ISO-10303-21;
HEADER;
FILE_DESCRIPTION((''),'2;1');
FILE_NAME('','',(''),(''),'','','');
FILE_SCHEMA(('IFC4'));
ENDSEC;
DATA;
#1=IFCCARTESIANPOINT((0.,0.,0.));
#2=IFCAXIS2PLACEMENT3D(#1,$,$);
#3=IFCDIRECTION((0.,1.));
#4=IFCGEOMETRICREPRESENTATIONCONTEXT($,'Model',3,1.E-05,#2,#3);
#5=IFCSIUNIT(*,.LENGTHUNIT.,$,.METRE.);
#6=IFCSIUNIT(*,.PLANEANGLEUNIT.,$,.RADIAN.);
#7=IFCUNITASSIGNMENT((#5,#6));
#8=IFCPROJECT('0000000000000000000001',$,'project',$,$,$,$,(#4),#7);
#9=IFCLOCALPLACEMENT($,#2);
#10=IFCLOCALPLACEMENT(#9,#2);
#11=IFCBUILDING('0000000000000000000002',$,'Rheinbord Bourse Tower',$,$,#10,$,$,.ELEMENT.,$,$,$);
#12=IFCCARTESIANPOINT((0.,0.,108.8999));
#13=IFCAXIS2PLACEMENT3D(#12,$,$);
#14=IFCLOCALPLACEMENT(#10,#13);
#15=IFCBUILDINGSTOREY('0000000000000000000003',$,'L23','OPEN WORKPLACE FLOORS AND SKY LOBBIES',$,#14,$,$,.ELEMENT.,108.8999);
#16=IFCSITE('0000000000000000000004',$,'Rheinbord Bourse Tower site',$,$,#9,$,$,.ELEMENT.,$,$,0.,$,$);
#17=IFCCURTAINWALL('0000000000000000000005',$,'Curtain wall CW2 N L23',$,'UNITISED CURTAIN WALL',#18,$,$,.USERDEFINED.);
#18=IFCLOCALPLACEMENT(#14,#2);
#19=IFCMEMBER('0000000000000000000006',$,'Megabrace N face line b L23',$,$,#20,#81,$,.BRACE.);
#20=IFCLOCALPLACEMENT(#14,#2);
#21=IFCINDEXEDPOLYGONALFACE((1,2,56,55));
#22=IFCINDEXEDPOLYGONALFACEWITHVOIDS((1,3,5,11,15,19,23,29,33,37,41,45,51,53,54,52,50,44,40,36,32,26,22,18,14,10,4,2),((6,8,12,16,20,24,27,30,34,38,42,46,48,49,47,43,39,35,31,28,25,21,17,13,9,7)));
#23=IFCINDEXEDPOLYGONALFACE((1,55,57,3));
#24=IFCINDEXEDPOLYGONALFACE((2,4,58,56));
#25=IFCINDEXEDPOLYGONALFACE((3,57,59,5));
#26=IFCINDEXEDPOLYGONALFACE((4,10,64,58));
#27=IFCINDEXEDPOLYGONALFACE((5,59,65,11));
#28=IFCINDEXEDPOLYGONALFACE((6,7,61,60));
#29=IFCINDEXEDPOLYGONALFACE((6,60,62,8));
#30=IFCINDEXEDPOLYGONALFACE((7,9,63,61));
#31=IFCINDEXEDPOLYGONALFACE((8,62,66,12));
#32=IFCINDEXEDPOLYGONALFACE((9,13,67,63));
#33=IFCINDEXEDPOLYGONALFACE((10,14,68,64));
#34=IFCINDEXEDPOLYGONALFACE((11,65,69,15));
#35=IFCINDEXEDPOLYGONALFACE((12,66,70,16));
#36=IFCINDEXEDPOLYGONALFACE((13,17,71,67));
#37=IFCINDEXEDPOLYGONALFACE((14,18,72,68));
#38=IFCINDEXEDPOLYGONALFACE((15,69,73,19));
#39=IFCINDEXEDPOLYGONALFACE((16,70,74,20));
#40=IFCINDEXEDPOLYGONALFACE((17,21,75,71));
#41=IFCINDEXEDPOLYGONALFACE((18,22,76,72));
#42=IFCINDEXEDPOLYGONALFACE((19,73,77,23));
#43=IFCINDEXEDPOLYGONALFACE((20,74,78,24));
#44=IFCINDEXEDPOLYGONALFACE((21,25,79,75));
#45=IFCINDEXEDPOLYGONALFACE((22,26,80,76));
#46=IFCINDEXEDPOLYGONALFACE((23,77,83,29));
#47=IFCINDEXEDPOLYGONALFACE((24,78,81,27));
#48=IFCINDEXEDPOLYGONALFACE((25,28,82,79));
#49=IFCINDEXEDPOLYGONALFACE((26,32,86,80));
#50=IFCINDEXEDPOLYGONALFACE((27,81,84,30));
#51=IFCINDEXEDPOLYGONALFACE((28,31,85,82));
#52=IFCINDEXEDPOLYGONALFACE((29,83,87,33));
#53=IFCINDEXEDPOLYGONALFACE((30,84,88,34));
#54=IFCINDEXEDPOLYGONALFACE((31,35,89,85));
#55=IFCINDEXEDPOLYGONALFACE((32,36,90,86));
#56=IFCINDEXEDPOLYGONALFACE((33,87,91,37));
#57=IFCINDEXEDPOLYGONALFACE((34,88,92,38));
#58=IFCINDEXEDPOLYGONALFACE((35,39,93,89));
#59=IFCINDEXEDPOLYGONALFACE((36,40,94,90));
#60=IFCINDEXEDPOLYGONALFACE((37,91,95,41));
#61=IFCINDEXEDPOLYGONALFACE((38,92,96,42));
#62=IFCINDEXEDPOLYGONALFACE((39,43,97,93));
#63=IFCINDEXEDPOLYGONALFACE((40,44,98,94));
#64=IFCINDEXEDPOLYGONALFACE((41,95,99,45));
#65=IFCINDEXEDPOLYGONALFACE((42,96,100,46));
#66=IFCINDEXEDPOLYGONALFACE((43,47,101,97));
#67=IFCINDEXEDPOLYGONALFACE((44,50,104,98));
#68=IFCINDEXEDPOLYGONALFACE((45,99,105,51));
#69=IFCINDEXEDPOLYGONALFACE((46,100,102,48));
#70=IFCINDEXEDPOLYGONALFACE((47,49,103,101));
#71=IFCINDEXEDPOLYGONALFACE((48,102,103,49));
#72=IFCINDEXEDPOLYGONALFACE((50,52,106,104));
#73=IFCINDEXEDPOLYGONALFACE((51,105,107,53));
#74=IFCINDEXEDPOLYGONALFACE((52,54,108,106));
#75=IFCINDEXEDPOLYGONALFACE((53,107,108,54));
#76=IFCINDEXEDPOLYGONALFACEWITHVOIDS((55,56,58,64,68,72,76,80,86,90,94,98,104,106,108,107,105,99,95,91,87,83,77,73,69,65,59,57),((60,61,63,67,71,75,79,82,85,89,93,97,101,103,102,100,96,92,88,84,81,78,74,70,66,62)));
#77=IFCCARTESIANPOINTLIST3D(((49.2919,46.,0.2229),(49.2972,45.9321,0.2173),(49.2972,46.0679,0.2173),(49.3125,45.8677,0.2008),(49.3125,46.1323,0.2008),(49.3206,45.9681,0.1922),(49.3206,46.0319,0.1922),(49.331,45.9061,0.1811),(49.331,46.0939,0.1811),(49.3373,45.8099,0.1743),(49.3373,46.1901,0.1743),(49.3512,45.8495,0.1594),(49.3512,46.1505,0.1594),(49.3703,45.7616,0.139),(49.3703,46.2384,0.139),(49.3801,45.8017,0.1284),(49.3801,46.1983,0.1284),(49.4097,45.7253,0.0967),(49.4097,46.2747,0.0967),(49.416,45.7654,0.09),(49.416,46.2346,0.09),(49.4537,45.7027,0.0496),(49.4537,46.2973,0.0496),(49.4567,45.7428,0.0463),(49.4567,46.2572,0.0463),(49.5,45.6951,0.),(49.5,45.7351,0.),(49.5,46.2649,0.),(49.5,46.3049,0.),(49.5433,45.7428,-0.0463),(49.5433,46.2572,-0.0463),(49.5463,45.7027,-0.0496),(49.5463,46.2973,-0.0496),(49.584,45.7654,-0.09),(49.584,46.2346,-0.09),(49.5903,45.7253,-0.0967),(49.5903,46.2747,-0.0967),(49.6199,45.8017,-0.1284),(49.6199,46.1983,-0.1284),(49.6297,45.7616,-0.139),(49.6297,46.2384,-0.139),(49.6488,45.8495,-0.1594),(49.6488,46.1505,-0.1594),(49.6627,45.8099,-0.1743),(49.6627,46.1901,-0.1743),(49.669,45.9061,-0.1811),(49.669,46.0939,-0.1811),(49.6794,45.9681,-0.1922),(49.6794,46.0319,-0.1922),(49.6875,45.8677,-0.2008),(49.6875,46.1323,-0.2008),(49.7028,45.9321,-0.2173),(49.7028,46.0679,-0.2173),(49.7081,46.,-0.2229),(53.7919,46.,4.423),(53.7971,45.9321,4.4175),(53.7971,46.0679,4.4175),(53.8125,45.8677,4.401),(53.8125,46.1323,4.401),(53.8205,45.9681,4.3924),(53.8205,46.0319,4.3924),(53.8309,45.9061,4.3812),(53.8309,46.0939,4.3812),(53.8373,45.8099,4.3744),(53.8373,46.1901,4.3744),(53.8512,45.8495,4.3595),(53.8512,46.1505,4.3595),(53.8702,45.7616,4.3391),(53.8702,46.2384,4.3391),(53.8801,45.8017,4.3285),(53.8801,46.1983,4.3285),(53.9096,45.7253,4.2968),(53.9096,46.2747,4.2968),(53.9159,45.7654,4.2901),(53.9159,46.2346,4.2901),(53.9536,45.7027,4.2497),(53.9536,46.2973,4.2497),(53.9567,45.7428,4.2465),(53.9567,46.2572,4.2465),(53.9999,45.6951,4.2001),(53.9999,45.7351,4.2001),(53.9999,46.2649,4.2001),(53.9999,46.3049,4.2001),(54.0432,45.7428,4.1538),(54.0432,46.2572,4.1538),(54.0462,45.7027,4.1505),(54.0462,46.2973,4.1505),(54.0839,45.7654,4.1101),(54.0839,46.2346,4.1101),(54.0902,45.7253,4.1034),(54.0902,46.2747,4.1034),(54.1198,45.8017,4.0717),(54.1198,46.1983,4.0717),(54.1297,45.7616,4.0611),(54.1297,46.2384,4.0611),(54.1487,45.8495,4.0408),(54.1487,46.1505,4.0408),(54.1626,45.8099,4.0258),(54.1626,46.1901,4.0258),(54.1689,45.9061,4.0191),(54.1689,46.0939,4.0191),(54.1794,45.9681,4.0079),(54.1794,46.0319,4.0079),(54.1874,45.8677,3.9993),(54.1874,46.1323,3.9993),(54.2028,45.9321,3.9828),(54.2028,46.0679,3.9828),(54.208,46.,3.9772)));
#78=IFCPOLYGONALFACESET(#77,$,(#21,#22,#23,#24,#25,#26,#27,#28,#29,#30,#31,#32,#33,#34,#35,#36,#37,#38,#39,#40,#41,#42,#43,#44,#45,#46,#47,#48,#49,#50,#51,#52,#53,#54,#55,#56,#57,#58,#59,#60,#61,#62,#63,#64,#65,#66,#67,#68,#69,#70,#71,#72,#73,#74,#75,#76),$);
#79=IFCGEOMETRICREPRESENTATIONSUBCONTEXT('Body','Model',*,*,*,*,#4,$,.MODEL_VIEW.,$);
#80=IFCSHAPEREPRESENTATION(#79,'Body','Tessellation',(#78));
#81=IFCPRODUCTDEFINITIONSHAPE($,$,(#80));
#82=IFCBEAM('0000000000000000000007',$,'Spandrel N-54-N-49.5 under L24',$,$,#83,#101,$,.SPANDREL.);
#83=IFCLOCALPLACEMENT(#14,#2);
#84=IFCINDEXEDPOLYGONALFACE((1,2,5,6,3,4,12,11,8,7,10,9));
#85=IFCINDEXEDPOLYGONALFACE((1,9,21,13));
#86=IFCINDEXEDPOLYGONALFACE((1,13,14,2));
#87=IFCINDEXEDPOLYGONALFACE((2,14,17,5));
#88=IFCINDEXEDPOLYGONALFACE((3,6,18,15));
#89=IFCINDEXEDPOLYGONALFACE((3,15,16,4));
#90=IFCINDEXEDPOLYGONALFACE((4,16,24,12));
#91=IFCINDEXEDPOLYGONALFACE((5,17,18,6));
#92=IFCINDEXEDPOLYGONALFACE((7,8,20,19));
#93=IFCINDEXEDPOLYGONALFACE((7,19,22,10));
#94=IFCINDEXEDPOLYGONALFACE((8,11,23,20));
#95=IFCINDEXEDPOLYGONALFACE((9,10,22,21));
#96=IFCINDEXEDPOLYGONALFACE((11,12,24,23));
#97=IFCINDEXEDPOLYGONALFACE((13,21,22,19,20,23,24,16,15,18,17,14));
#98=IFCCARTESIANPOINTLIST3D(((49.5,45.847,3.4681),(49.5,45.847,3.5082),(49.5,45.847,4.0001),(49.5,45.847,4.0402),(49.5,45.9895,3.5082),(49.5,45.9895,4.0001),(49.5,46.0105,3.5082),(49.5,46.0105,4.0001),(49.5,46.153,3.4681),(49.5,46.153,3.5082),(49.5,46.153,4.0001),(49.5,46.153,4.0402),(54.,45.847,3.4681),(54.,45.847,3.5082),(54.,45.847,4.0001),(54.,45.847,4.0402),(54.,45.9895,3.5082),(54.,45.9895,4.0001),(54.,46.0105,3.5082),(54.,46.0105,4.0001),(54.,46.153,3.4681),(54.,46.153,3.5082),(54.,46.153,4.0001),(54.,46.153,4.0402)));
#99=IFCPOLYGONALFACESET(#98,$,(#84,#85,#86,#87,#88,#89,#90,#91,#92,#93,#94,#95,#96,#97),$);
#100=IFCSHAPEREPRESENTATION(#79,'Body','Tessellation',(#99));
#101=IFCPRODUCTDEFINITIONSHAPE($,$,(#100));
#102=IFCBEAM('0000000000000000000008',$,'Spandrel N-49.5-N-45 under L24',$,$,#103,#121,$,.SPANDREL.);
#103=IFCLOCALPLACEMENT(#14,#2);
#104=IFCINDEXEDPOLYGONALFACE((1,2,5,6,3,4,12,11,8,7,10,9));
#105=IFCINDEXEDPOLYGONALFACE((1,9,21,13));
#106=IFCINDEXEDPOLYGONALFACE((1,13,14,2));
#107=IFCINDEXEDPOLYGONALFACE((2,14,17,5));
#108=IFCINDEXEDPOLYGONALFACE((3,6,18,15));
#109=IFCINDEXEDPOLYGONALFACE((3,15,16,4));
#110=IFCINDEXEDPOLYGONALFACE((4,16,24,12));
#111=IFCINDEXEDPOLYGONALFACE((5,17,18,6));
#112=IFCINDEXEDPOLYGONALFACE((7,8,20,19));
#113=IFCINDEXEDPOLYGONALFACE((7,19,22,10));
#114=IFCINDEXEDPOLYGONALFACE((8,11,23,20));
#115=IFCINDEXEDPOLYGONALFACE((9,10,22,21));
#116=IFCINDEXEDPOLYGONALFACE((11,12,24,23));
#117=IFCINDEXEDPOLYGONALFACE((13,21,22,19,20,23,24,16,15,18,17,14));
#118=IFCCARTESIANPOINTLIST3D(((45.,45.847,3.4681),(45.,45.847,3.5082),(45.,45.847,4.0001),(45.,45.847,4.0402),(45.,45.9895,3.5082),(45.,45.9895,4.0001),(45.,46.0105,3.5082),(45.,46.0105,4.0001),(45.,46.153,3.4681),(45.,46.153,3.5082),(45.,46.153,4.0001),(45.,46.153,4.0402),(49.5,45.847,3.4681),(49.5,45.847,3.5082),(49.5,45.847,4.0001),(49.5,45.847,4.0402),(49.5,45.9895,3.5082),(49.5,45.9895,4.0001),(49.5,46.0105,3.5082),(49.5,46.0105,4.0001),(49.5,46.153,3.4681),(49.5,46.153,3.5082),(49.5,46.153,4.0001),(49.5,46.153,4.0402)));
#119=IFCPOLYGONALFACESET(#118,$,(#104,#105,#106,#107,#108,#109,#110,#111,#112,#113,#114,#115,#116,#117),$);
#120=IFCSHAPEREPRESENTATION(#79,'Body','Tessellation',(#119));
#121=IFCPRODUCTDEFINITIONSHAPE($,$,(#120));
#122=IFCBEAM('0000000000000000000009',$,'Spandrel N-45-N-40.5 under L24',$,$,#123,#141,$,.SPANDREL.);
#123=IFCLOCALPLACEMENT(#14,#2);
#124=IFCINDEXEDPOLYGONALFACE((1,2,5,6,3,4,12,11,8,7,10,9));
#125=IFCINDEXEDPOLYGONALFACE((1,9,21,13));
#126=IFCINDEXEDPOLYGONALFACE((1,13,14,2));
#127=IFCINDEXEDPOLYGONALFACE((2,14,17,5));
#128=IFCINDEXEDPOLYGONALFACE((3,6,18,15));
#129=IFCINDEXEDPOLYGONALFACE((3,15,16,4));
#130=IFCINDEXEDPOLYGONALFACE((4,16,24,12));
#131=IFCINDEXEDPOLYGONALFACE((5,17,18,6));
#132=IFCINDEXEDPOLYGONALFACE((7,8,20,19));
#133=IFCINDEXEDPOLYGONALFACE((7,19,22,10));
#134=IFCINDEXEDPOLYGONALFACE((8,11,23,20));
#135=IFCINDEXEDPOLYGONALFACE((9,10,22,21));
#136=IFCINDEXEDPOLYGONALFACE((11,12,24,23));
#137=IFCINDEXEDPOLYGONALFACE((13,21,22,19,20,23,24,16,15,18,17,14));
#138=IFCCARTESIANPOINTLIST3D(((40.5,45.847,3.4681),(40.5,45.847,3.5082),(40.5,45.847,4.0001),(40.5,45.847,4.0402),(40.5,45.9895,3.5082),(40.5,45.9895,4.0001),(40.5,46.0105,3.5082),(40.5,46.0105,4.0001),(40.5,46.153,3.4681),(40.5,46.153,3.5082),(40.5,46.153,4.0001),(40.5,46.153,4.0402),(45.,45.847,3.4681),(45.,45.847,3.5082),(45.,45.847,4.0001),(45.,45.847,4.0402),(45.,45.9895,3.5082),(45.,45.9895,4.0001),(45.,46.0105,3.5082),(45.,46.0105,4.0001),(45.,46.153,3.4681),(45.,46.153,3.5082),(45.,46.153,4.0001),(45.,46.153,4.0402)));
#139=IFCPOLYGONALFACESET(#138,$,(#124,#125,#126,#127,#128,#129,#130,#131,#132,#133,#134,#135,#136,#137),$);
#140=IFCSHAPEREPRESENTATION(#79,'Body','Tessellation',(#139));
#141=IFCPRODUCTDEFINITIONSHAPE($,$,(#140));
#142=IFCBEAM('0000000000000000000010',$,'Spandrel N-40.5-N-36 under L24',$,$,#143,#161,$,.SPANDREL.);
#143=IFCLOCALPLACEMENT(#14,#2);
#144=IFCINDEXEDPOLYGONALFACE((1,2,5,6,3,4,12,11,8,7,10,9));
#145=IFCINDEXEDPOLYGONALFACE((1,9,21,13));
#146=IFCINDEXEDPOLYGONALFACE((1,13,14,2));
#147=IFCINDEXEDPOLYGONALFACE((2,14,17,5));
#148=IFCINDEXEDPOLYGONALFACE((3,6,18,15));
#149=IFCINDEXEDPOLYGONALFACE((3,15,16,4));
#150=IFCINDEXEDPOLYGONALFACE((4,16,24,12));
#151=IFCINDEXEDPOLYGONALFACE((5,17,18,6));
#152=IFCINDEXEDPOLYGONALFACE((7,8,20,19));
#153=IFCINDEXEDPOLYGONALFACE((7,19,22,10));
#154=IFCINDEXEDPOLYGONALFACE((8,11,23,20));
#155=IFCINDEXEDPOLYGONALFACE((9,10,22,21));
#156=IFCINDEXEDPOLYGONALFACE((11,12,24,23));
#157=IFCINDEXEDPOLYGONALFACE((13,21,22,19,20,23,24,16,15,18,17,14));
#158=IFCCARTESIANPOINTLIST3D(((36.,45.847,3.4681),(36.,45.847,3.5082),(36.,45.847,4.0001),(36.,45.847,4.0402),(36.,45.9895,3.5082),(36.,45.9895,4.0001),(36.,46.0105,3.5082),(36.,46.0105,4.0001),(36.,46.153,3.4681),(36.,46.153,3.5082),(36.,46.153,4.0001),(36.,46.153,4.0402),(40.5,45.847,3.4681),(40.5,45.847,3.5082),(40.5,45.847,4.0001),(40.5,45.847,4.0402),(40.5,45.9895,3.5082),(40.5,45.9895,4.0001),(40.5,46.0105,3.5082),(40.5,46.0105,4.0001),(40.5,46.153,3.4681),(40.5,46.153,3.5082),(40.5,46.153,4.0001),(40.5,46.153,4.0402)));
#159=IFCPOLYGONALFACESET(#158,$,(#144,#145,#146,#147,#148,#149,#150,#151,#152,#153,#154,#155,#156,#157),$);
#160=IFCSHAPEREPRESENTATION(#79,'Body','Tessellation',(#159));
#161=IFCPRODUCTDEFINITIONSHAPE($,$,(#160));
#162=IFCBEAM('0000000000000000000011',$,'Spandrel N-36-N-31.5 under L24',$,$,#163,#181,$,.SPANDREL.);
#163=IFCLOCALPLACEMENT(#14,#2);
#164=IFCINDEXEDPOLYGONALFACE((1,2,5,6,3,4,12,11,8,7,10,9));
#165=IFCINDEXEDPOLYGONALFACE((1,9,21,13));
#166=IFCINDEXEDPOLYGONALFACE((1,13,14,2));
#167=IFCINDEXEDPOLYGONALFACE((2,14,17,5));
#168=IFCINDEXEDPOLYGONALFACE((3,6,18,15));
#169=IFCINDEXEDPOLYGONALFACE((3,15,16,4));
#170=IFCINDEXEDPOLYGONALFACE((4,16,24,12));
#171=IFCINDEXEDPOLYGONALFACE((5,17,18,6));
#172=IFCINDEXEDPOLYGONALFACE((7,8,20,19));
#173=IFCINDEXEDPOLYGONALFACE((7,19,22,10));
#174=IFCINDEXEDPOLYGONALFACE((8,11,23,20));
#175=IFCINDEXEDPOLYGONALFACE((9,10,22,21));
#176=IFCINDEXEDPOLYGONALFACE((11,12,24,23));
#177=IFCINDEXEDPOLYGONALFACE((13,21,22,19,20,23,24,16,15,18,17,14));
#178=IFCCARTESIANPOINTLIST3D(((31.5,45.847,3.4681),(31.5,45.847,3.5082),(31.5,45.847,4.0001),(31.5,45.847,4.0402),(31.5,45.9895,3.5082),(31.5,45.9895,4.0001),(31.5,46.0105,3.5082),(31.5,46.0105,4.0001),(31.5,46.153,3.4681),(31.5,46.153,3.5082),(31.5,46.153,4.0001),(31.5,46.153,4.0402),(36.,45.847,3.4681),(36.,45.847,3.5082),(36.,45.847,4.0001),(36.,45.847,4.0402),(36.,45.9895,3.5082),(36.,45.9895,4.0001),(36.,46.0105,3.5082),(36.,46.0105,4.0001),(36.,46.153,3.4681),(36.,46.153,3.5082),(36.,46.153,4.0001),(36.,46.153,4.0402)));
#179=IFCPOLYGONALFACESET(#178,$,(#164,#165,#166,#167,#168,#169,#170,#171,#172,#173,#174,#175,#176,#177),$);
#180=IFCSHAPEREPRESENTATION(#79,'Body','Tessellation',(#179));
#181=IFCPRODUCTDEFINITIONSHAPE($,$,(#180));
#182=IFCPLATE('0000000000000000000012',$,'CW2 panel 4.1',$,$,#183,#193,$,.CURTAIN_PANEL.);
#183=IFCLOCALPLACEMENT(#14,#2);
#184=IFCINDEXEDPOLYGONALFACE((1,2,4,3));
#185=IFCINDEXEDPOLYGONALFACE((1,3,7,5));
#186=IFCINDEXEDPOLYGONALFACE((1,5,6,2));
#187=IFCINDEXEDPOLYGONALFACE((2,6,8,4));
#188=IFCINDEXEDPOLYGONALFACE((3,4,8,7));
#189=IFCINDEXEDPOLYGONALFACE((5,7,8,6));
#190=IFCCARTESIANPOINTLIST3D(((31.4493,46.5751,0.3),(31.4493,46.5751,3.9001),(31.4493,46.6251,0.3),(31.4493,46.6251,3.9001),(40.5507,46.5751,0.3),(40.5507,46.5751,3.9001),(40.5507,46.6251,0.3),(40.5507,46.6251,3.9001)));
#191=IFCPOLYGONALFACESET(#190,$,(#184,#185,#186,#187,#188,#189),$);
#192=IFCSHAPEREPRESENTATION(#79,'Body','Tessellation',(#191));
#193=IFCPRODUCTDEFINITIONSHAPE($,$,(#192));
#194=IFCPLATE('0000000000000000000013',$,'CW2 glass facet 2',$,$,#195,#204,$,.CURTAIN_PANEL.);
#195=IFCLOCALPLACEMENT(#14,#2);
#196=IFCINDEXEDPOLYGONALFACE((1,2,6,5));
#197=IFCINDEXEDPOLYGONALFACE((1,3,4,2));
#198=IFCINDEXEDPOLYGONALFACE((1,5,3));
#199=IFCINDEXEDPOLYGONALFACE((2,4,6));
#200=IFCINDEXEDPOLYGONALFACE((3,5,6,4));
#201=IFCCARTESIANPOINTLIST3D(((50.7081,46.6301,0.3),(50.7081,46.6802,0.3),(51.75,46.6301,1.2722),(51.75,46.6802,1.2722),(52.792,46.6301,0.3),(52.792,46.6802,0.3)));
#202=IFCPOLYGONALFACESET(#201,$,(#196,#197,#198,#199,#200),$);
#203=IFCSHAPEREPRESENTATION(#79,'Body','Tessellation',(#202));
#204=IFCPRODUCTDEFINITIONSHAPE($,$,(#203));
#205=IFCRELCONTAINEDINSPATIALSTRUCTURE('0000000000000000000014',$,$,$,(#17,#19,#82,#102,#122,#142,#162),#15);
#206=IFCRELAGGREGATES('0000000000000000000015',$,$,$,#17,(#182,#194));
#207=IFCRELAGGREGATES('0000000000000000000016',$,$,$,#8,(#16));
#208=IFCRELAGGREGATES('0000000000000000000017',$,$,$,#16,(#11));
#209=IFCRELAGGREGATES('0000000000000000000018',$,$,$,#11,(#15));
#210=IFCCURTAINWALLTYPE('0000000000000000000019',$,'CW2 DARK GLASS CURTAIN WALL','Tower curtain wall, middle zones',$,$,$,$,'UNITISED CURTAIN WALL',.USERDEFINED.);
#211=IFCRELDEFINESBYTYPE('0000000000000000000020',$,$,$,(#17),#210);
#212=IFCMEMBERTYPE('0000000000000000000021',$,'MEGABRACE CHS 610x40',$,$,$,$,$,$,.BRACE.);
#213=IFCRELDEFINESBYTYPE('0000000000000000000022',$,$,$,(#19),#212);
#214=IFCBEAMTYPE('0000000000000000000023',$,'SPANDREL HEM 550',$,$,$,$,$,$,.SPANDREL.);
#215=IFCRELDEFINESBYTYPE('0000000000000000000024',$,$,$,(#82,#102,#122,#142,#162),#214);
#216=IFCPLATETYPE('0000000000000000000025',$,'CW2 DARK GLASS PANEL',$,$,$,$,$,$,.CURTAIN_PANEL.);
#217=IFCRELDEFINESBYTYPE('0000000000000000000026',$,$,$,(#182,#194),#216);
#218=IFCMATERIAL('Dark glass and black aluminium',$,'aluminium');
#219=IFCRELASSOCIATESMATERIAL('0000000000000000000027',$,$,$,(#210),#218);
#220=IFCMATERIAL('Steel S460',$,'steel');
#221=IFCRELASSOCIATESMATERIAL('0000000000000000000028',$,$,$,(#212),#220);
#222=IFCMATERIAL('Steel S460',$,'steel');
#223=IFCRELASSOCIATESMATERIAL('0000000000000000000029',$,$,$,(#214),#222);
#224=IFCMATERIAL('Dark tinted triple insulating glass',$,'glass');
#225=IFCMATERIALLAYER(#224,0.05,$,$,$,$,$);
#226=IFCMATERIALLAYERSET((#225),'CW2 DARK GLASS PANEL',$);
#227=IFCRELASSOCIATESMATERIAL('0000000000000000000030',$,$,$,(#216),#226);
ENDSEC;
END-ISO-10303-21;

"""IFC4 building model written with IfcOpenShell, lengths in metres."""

from ifc_helpers import new_model, si_unit, direction, frame, origin, origin_2d, place, context, subcontext, project, spatial, polyline, rectangle, hollow_circle, i_section, outline, extrude, material, layer, layer_set, material_profile, profile_set, type_object, element, aggregate, save


model = new_model("IFC4")

# Units and contexts
model_context = context("Model", 3, precision=1e-05, world=origin(), true_north=direction((0.0, 1.0)))
body_context = subcontext(model_context, "Body", "Model", "MODEL_VIEW")
ifc_project = project(units=[si_unit("LENGTHUNIT", "METRE"), si_unit("PLANEANGLEUNIT", "RADIAN")], contexts=[model_context])

# Site, building, storey
site_placement = place(None, origin())
site = spatial("IfcSite", under=ifc_project, at=site_placement, Name="Rheinbord Bourse Tower site", CompositionType="ELEMENT", RefElevation=0.0)
building_placement = place(site_placement, origin())
building = spatial("IfcBuilding", under=site, at=building_placement, Name="Rheinbord Bourse Tower", CompositionType="ELEMENT")
storey_placement = place(building_placement, frame((0.0, 0.0, 108.8999)))
storey = spatial("IfcBuildingStorey", under=building, at=storey_placement, Name="L23", Description="OPEN WORKPLACE FLOORS AND SKY LOBBIES", CompositionType="ELEMENT", Elevation=108.8999)

# Curtain wall
ifc_material_1 = material(Name="Dark glass and black aluminium", Category="aluminium")
curtain_wall_type = type_object("IfcCurtainWallType", Name="CW2 DARK GLASS CURTAIN WALL", Description="Tower curtain wall, middle zones", ElementType="UNITISED CURTAIN WALL", PredefinedType="USERDEFINED", material=ifc_material_1)
curtain_wall_placement = place(storey_placement, origin())
curtain_wall = element("IfcCurtainWall", 1, at=curtain_wall_placement, inside=storey, type_object=curtain_wall_type, Name="Curtain wall CW2 N L23", ObjectType="UNITISED CURTAIN WALL", PredefinedType="USERDEFINED")

# Member
ifc_material_2 = material(Name="Steel S460", Category="steel")
ifc_material_profile_1 = material_profile(ifc_material_2, hollow_circle(Radius=0.3049, WallThickness=0.04, at=origin_2d()), Name="CHS 610x40")
ifc_profile_set_1 = profile_set([ifc_material_profile_1], Name="Steel S460")
member_type_1 = type_object("IfcMemberType", Name="MEGABRACE CHS 610x40", PredefinedType="BRACE", material=ifc_profile_set_1)
member_1_placement = place(storey_placement, frame((49.5, 46.0, 0.0), z_axis=(0.731039, 0.0, 0.682335), x_axis=(0.0, 1.0, 0.0)))
element("IfcMember", 2, at=member_1_placement, inside=storey, type_object=member_type_1, Name="Megabrace N face line b L23", PredefinedType="BRACE", context=body_context, shape_type="SweptSolid", body=[
    extrude(hollow_circle(Radius=0.3049, WallThickness=0.04, at=origin_2d()), origin(), (0.0, 0.0, 1.0), 6.1555),
])

# Beams
ifc_material_3 = material(Name="Steel S460", Category="steel")
ifc_material_profile_2 = material_profile(ifc_material_3, i_section(OverallWidth=0.3059, OverallDepth=0.572, WebThickness=0.021, FlangeThickness=0.04, at=origin_2d()), Name="HEM 550")
ifc_profile_set_2 = profile_set([ifc_material_profile_2], Name="Steel S460")
beam_type_1 = type_object("IfcBeamType", Name="SPANDREL HEM 550", PredefinedType="SPANDREL", material=ifc_profile_set_2)
for number, where, z_axis, x_axis, name in (
    (3, (54.0, 46.0, 3.7542), (-1.0, 0.0, 0.0), (0.0, -1.0, 0.0), "Spandrel N-54-N-49.5 under L24"),
    (4, (49.5, 46.0, 3.7542), (-1.0, 0.0, 0.0), (0.0, -1.0, 0.0), "Spandrel N-49.5-N-45 under L24"),
    (5, (45.0, 46.0, 3.7542), (-1.0, 0.0, 0.0), (0.0, -1.0, 0.0), "Spandrel N-45-N-40.5 under L24"),
    (6, (40.5, 46.0, 3.7542), (-1.0, 0.0, 0.0), (0.0, -1.0, 0.0), "Spandrel N-40.5-N-36 under L24"),
    (7, (36.0, 46.0, 3.7542), (-1.0, 0.0, 0.0), (0.0, -1.0, 0.0), "Spandrel N-36-N-31.5 under L24"),
):
    element("IfcBeam", number, at=place(storey_placement, frame(where, z_axis=z_axis, x_axis=x_axis)), inside=storey, type_object=beam_type_1, Name=name, PredefinedType="SPANDREL", context=body_context, shape_type="SweptSolid", body=[
        extrude(i_section(OverallWidth=0.3059, OverallDepth=0.572, WebThickness=0.021, FlangeThickness=0.04, at=origin_2d()), origin(), (0.0, 0.0, 1.0), 4.5),
    ])

# Plates
ifc_material_4 = material(Name="Dark tinted triple insulating glass", Category="glass")
ifc_layer_1 = layer(ifc_material_4, 0.05)
ifc_layer_set_1 = layer_set([ifc_layer_1], Name="CW2 DARK GLASS PANEL")
plate_type = type_object("IfcPlateType", Name="CW2 DARK GLASS PANEL", PredefinedType="CURTAIN_PANEL", material=ifc_layer_set_1)
plate_1_placement = place(storey_placement, frame((36.0, 46.6001, 0.3), z_axis=(0.0, 0.0, 1.0), x_axis=(-1.0, 0.0, 0.0)))
plate_1 = element("IfcPlate", 8, at=plate_1_placement, type_object=plate_type, Name="CW2 panel 4.1", PredefinedType="CURTAIN_PANEL", context=body_context, shape_type="SweptSolid", body=[
    extrude(rectangle(XDim=9.1013, YDim=0.05, at=origin_2d()), origin(), (0.0, 0.0, 1.0), 3.6001),
])
plate_2_placement = place(storey_placement, frame((52.792, 46.6802, 0.3), z_axis=(0.0, -1.0, 0.0), x_axis=(-0.731181, 0.0, 0.682184)))
plate_2 = element("IfcPlate", 9, at=plate_2_placement, type_object=plate_type, Name="CW2 glass facet 2", PredefinedType="CURTAIN_PANEL", context=body_context, shape_type="SweptSolid", body=[
    extrude(outline(polyline([(0.0, 0.0), (1.425, 0.0), (1.5237, 1.4216), (0.0, 0.0)])), origin(), (0.0, 0.0, 1.0), 0.05),
])
aggregate(curtain_wall, [plate_1, plate_2])

save(model, "model.ifc")
